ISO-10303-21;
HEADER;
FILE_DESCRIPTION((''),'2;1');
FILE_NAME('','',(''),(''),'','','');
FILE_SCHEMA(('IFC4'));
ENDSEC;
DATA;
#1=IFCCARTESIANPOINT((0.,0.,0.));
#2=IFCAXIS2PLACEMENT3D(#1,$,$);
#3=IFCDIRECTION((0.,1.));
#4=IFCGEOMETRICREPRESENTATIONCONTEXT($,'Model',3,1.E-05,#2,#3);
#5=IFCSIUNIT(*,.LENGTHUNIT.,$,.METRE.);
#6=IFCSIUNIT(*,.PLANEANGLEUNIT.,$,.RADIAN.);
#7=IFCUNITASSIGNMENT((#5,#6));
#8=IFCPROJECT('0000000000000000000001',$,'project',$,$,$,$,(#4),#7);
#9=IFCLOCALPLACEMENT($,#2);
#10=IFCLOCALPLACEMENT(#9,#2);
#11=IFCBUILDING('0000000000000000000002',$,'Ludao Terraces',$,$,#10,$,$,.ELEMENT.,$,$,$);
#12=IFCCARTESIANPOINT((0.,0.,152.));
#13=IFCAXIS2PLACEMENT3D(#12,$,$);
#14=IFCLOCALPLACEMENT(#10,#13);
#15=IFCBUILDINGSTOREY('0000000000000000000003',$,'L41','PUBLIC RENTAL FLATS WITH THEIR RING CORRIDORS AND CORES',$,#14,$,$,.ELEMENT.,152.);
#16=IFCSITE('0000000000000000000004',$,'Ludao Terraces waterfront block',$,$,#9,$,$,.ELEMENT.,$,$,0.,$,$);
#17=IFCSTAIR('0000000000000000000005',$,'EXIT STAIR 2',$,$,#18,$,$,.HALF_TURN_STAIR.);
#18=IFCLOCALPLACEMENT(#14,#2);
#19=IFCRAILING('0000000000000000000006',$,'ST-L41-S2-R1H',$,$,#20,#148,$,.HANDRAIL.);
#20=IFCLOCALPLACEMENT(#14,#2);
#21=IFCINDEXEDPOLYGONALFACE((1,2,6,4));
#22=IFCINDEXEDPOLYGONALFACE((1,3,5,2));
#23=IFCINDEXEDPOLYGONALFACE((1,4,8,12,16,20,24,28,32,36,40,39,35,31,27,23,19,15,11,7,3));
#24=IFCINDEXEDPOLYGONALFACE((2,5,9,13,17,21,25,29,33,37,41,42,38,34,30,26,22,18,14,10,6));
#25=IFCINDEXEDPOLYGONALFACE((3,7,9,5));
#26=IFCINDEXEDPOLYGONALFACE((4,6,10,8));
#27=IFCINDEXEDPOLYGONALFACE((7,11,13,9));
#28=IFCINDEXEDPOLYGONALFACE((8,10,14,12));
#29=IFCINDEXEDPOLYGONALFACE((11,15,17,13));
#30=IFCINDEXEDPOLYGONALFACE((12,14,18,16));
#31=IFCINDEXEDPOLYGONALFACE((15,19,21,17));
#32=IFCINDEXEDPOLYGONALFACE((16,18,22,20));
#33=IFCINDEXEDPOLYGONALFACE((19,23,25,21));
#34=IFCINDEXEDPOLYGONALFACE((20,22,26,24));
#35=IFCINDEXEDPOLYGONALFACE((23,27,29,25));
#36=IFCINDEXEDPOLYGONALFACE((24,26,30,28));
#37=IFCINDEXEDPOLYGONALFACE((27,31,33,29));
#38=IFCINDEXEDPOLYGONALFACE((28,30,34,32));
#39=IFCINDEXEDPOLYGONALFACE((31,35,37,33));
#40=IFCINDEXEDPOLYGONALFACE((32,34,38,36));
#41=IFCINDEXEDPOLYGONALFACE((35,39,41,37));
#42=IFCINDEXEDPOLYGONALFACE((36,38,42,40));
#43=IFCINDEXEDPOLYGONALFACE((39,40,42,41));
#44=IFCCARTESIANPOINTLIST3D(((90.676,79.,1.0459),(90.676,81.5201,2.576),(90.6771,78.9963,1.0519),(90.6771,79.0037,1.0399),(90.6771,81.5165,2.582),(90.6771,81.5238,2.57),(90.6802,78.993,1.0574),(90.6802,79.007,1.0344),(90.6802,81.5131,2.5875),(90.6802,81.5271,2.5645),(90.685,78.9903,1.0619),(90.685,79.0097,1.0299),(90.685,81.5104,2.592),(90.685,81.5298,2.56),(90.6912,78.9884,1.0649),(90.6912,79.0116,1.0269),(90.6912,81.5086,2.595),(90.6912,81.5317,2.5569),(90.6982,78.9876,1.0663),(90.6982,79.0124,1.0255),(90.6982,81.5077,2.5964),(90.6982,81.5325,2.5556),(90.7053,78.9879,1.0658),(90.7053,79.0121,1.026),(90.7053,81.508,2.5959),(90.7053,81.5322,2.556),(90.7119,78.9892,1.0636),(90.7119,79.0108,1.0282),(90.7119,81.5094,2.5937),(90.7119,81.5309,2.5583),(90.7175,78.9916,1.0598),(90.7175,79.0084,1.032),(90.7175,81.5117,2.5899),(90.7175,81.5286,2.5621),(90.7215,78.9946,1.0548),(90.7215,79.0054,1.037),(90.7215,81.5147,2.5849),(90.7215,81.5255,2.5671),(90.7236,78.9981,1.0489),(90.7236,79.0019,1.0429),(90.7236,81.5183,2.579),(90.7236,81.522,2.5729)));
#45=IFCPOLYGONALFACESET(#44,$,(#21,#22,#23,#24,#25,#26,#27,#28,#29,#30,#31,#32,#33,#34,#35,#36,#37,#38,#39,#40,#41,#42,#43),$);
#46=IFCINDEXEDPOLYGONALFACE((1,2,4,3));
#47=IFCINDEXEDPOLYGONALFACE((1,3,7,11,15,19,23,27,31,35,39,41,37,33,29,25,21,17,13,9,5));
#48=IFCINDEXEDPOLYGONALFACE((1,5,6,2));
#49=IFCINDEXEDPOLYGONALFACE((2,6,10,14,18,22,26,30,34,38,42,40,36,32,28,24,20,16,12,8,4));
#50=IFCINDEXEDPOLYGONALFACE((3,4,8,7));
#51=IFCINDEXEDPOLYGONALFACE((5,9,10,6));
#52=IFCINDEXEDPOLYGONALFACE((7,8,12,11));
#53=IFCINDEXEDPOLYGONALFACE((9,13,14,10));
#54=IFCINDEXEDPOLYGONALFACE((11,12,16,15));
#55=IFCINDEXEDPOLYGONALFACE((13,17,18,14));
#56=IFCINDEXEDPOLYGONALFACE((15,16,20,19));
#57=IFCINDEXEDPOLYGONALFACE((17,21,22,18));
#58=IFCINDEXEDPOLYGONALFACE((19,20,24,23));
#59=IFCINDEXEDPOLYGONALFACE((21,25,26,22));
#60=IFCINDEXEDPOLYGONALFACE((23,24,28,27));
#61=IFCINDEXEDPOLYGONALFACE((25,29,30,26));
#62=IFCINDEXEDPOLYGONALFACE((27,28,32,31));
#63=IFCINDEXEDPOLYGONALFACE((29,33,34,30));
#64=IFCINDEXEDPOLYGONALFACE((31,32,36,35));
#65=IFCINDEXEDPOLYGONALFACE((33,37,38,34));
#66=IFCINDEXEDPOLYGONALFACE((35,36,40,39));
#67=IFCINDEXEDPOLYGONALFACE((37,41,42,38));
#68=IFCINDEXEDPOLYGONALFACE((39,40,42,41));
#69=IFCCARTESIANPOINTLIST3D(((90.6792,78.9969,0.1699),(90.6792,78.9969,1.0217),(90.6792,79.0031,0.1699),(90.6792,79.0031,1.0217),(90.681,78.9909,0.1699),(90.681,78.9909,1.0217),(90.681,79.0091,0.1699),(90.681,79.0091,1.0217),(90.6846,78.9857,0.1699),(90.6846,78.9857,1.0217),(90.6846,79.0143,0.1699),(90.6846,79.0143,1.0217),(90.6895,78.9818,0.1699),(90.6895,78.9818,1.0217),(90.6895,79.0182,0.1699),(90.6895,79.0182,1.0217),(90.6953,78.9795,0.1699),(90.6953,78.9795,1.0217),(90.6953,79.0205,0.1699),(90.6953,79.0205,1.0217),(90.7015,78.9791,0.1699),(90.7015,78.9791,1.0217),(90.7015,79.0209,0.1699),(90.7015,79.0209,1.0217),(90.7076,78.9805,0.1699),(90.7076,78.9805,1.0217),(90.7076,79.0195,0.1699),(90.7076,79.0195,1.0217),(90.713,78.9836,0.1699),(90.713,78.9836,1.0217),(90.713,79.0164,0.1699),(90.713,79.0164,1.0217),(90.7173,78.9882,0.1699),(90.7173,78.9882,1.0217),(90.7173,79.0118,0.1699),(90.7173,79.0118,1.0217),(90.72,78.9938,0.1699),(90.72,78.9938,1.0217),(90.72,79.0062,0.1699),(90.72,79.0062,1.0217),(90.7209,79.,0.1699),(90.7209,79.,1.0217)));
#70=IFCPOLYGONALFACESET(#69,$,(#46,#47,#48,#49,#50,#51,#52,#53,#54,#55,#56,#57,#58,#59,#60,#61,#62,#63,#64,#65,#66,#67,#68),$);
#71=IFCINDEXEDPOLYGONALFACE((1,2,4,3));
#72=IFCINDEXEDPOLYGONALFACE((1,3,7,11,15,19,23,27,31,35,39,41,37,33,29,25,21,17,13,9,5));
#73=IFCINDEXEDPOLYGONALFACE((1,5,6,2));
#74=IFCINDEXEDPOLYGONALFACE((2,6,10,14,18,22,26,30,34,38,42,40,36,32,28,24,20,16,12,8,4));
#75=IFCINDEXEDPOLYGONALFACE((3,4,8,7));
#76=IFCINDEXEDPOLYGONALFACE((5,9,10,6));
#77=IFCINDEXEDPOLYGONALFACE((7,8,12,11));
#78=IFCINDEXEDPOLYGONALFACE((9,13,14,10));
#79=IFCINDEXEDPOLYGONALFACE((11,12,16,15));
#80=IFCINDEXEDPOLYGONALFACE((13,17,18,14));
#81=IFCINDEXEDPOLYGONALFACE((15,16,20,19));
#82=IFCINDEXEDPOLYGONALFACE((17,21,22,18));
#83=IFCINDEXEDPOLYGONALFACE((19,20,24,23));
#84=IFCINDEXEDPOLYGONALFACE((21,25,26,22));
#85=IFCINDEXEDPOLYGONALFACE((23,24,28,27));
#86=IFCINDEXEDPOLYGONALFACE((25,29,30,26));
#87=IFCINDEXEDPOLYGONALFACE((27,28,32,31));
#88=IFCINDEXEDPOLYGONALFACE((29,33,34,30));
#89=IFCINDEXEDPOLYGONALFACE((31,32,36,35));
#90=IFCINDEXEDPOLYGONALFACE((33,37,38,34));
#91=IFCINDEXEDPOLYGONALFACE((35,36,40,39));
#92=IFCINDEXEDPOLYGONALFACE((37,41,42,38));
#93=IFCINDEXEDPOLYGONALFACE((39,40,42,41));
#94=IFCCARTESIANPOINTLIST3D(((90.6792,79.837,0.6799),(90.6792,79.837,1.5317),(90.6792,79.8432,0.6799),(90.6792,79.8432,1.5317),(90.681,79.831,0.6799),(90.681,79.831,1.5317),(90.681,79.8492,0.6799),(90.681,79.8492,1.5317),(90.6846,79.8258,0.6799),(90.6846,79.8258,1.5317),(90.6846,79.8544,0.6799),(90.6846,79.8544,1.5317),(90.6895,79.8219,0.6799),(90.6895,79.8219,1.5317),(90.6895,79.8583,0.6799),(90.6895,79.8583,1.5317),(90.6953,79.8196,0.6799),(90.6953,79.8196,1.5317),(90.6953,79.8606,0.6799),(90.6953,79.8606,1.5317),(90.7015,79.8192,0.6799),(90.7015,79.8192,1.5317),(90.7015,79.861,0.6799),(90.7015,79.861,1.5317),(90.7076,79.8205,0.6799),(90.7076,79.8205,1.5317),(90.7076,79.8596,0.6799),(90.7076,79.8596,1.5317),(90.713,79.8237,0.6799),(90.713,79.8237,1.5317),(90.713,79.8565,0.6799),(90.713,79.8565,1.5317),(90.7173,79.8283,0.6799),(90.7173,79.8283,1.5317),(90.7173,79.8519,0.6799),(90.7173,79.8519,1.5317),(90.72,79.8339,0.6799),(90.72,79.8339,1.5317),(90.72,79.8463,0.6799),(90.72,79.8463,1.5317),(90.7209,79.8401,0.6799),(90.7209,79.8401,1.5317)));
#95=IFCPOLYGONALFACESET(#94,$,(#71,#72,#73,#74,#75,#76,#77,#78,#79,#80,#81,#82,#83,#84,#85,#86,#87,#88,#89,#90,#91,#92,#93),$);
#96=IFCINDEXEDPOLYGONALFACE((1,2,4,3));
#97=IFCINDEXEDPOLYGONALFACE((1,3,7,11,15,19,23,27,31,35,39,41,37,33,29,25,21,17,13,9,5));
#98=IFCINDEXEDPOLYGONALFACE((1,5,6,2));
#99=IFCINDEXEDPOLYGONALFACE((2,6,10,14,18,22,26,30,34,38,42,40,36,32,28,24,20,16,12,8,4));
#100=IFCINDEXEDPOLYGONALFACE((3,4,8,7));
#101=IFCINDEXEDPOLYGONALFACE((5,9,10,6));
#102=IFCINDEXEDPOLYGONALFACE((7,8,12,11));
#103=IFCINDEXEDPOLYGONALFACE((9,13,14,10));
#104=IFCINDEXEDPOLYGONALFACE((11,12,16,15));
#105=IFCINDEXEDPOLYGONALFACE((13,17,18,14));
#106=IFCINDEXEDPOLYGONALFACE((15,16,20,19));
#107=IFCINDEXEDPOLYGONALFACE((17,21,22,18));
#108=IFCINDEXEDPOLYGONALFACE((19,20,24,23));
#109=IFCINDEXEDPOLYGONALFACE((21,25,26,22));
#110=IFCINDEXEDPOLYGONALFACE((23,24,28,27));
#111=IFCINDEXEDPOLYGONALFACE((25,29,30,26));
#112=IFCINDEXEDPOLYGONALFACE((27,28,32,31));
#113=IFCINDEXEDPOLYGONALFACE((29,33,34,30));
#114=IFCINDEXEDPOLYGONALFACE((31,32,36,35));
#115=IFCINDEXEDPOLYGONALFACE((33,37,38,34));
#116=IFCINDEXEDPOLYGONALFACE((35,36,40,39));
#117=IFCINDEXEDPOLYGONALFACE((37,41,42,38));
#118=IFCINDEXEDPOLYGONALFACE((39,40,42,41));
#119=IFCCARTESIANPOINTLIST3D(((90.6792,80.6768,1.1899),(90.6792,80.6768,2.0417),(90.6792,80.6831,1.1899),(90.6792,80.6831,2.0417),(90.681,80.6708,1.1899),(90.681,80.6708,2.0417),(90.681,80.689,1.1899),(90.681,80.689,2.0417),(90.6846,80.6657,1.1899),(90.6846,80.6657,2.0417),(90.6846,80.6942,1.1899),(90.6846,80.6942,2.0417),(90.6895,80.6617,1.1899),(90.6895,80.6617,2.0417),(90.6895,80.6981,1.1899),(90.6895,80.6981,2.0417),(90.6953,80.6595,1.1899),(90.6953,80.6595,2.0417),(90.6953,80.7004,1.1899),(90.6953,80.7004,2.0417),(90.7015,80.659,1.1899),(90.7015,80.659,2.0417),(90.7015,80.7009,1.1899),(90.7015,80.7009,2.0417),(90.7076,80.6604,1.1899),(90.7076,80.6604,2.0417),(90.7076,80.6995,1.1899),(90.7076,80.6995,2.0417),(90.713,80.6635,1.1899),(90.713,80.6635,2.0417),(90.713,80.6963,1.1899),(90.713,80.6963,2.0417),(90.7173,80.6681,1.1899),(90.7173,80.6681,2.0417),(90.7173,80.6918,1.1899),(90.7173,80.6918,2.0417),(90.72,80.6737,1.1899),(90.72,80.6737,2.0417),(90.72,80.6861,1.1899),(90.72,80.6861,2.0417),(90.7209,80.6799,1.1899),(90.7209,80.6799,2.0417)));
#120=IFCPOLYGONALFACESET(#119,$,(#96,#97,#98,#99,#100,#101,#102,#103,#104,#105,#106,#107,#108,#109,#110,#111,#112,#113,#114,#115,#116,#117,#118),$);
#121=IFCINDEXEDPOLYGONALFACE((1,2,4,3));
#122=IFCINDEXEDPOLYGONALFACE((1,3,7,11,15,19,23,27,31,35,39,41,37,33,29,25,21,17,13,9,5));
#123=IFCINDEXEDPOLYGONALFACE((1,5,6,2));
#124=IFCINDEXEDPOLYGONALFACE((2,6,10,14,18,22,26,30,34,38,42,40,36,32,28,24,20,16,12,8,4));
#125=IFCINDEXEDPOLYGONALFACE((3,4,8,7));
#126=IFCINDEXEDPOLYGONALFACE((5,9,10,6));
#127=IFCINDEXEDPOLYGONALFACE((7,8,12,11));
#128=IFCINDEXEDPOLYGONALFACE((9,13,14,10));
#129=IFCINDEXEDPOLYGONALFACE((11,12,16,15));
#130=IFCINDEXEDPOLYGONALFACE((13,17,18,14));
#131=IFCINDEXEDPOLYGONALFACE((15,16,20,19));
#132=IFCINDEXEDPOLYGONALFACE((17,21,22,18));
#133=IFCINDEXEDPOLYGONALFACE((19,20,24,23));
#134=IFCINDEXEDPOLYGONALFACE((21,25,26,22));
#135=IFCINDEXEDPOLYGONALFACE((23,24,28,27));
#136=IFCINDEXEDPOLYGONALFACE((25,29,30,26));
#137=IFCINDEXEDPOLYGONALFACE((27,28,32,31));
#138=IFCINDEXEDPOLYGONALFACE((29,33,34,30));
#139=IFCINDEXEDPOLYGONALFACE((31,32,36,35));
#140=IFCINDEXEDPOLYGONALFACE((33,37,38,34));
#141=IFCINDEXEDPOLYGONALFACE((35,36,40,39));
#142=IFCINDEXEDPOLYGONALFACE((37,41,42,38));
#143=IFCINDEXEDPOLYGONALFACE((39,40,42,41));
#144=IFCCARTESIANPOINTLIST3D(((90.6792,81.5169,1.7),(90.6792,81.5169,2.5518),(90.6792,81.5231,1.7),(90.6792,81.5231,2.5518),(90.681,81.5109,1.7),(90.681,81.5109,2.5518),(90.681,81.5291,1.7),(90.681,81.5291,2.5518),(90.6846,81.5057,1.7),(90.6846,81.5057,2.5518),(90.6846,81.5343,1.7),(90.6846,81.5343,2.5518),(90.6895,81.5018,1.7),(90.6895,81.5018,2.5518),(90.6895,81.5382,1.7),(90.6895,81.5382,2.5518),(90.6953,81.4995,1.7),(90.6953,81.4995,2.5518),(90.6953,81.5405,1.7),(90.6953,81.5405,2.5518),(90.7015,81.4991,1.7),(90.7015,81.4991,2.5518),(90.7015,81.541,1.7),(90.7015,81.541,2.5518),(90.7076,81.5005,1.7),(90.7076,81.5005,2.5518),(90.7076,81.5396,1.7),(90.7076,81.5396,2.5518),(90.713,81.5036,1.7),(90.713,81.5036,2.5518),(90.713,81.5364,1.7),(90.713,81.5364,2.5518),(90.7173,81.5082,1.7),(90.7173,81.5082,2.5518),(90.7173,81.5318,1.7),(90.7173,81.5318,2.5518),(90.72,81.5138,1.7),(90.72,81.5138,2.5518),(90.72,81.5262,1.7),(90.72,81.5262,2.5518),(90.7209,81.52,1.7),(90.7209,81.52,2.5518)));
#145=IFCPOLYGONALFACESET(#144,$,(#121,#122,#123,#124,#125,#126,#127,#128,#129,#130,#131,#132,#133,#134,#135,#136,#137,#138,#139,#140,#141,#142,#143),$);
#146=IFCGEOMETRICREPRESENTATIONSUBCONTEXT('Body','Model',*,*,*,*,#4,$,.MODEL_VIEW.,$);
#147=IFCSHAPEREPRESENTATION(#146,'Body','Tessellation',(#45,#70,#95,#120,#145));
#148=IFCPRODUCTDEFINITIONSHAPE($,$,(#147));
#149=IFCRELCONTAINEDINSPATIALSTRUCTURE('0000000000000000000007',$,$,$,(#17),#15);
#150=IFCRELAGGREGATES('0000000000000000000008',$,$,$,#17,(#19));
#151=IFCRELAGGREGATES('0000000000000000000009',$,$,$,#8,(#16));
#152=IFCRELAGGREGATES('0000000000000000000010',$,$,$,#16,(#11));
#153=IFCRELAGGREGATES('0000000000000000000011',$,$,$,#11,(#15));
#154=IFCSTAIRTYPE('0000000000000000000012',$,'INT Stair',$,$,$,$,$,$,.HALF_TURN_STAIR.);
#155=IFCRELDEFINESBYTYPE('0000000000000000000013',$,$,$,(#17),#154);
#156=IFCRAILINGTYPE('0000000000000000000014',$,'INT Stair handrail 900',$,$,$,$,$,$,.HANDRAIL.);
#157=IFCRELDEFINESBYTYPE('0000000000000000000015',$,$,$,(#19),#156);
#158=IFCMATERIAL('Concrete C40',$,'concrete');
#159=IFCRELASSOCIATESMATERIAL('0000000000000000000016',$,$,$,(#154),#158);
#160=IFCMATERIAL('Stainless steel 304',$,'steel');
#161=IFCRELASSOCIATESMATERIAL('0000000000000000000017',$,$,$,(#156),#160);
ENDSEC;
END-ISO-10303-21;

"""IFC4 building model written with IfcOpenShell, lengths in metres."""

from ifc_helpers import new_model, si_unit, direction, frame, origin, origin_2d, place, context, subcontext, project, spatial, circle, extrude, material, type_object, element, aggregate, save


model = new_model("IFC4")

# Units and contexts
model_context = context("Model", 3, precision=1e-05, world=origin(), true_north=direction((0.0, 1.0)))
body_context = subcontext(model_context, "Body", "Model", "MODEL_VIEW")
ifc_project = project(units=[si_unit("LENGTHUNIT", "METRE"), si_unit("PLANEANGLEUNIT", "RADIAN")], contexts=[model_context])

# Site, building, storey
site_placement = place(None, origin())
site = spatial("IfcSite", under=ifc_project, at=site_placement, Name="Ludao Terraces waterfront block", CompositionType="ELEMENT", RefElevation=0.0)
building_placement = place(site_placement, origin())
building = spatial("IfcBuilding", under=site, at=building_placement, Name="Ludao Terraces", CompositionType="ELEMENT")
storey_placement = place(building_placement, frame((0.0, 0.0, 152.0)))
storey = spatial("IfcBuildingStorey", under=building, at=storey_placement, Name="L41", Description="PUBLIC RENTAL FLATS WITH THEIR RING CORRIDORS AND CORES", CompositionType="ELEMENT", Elevation=152.0)

# Shared definitions
ifc_material_1 = material(Name="Concrete C40", Category="concrete")

# Shared definitions
ifc_material_2 = material(Name="Stainless steel 304", Category="steel")

# Stair, railing
stair_type = type_object("IfcStairType", Name="INT Stair", PredefinedType="HALF_TURN_STAIR", material=ifc_material_1)
stair_placement = place(storey_placement, origin())
stair = element("IfcStair", 1, at=stair_placement, inside=storey, type_object=stair_type, Name="EXIT STAIR 2", PredefinedType="HALF_TURN_STAIR")
railing_type_1 = type_object("IfcRailingType", Name="INT Stair handrail 900", PredefinedType="HANDRAIL", material=ifc_material_2)
railing_1_placement = place(storey_placement, frame((90.7, 79.0, 0.1699)))
railing_1 = element("IfcRailing", 2, at=railing_1_placement, type_object=railing_type_1, Name="ST-L41-S2-R1H", PredefinedType="HANDRAIL", context=body_context, shape_type="SweptSolid", body=[
    extrude(circle(Radius=0.0239, at=origin_2d()), frame((0.0, 0.0, 0.876), z_axis=(0.0, 0.854785, 0.518982), x_axis=(-1.0, 0.0, 0.0)), (0.0, 0.0, 1.0), 2.9482),
    extrude(circle(Radius=0.021, at=origin_2d()), origin(), (0.0, 0.0, 1.0), 0.8518),
    extrude(circle(Radius=0.021, at=origin_2d()), frame((0.0, 0.8401, 0.51)), (0.0, 0.0, 1.0), 0.8518),
    extrude(circle(Radius=0.021, at=origin_2d()), frame((0.0, 1.6799, 1.02)), (0.0, 0.0, 1.0), 0.8518),
    extrude(circle(Radius=0.021, at=origin_2d()), frame((0.0, 2.52, 1.53)), (0.0, 0.0, 1.0), 0.8518),
])
aggregate(stair, [railing_1])

save(model, "model.ifc")
